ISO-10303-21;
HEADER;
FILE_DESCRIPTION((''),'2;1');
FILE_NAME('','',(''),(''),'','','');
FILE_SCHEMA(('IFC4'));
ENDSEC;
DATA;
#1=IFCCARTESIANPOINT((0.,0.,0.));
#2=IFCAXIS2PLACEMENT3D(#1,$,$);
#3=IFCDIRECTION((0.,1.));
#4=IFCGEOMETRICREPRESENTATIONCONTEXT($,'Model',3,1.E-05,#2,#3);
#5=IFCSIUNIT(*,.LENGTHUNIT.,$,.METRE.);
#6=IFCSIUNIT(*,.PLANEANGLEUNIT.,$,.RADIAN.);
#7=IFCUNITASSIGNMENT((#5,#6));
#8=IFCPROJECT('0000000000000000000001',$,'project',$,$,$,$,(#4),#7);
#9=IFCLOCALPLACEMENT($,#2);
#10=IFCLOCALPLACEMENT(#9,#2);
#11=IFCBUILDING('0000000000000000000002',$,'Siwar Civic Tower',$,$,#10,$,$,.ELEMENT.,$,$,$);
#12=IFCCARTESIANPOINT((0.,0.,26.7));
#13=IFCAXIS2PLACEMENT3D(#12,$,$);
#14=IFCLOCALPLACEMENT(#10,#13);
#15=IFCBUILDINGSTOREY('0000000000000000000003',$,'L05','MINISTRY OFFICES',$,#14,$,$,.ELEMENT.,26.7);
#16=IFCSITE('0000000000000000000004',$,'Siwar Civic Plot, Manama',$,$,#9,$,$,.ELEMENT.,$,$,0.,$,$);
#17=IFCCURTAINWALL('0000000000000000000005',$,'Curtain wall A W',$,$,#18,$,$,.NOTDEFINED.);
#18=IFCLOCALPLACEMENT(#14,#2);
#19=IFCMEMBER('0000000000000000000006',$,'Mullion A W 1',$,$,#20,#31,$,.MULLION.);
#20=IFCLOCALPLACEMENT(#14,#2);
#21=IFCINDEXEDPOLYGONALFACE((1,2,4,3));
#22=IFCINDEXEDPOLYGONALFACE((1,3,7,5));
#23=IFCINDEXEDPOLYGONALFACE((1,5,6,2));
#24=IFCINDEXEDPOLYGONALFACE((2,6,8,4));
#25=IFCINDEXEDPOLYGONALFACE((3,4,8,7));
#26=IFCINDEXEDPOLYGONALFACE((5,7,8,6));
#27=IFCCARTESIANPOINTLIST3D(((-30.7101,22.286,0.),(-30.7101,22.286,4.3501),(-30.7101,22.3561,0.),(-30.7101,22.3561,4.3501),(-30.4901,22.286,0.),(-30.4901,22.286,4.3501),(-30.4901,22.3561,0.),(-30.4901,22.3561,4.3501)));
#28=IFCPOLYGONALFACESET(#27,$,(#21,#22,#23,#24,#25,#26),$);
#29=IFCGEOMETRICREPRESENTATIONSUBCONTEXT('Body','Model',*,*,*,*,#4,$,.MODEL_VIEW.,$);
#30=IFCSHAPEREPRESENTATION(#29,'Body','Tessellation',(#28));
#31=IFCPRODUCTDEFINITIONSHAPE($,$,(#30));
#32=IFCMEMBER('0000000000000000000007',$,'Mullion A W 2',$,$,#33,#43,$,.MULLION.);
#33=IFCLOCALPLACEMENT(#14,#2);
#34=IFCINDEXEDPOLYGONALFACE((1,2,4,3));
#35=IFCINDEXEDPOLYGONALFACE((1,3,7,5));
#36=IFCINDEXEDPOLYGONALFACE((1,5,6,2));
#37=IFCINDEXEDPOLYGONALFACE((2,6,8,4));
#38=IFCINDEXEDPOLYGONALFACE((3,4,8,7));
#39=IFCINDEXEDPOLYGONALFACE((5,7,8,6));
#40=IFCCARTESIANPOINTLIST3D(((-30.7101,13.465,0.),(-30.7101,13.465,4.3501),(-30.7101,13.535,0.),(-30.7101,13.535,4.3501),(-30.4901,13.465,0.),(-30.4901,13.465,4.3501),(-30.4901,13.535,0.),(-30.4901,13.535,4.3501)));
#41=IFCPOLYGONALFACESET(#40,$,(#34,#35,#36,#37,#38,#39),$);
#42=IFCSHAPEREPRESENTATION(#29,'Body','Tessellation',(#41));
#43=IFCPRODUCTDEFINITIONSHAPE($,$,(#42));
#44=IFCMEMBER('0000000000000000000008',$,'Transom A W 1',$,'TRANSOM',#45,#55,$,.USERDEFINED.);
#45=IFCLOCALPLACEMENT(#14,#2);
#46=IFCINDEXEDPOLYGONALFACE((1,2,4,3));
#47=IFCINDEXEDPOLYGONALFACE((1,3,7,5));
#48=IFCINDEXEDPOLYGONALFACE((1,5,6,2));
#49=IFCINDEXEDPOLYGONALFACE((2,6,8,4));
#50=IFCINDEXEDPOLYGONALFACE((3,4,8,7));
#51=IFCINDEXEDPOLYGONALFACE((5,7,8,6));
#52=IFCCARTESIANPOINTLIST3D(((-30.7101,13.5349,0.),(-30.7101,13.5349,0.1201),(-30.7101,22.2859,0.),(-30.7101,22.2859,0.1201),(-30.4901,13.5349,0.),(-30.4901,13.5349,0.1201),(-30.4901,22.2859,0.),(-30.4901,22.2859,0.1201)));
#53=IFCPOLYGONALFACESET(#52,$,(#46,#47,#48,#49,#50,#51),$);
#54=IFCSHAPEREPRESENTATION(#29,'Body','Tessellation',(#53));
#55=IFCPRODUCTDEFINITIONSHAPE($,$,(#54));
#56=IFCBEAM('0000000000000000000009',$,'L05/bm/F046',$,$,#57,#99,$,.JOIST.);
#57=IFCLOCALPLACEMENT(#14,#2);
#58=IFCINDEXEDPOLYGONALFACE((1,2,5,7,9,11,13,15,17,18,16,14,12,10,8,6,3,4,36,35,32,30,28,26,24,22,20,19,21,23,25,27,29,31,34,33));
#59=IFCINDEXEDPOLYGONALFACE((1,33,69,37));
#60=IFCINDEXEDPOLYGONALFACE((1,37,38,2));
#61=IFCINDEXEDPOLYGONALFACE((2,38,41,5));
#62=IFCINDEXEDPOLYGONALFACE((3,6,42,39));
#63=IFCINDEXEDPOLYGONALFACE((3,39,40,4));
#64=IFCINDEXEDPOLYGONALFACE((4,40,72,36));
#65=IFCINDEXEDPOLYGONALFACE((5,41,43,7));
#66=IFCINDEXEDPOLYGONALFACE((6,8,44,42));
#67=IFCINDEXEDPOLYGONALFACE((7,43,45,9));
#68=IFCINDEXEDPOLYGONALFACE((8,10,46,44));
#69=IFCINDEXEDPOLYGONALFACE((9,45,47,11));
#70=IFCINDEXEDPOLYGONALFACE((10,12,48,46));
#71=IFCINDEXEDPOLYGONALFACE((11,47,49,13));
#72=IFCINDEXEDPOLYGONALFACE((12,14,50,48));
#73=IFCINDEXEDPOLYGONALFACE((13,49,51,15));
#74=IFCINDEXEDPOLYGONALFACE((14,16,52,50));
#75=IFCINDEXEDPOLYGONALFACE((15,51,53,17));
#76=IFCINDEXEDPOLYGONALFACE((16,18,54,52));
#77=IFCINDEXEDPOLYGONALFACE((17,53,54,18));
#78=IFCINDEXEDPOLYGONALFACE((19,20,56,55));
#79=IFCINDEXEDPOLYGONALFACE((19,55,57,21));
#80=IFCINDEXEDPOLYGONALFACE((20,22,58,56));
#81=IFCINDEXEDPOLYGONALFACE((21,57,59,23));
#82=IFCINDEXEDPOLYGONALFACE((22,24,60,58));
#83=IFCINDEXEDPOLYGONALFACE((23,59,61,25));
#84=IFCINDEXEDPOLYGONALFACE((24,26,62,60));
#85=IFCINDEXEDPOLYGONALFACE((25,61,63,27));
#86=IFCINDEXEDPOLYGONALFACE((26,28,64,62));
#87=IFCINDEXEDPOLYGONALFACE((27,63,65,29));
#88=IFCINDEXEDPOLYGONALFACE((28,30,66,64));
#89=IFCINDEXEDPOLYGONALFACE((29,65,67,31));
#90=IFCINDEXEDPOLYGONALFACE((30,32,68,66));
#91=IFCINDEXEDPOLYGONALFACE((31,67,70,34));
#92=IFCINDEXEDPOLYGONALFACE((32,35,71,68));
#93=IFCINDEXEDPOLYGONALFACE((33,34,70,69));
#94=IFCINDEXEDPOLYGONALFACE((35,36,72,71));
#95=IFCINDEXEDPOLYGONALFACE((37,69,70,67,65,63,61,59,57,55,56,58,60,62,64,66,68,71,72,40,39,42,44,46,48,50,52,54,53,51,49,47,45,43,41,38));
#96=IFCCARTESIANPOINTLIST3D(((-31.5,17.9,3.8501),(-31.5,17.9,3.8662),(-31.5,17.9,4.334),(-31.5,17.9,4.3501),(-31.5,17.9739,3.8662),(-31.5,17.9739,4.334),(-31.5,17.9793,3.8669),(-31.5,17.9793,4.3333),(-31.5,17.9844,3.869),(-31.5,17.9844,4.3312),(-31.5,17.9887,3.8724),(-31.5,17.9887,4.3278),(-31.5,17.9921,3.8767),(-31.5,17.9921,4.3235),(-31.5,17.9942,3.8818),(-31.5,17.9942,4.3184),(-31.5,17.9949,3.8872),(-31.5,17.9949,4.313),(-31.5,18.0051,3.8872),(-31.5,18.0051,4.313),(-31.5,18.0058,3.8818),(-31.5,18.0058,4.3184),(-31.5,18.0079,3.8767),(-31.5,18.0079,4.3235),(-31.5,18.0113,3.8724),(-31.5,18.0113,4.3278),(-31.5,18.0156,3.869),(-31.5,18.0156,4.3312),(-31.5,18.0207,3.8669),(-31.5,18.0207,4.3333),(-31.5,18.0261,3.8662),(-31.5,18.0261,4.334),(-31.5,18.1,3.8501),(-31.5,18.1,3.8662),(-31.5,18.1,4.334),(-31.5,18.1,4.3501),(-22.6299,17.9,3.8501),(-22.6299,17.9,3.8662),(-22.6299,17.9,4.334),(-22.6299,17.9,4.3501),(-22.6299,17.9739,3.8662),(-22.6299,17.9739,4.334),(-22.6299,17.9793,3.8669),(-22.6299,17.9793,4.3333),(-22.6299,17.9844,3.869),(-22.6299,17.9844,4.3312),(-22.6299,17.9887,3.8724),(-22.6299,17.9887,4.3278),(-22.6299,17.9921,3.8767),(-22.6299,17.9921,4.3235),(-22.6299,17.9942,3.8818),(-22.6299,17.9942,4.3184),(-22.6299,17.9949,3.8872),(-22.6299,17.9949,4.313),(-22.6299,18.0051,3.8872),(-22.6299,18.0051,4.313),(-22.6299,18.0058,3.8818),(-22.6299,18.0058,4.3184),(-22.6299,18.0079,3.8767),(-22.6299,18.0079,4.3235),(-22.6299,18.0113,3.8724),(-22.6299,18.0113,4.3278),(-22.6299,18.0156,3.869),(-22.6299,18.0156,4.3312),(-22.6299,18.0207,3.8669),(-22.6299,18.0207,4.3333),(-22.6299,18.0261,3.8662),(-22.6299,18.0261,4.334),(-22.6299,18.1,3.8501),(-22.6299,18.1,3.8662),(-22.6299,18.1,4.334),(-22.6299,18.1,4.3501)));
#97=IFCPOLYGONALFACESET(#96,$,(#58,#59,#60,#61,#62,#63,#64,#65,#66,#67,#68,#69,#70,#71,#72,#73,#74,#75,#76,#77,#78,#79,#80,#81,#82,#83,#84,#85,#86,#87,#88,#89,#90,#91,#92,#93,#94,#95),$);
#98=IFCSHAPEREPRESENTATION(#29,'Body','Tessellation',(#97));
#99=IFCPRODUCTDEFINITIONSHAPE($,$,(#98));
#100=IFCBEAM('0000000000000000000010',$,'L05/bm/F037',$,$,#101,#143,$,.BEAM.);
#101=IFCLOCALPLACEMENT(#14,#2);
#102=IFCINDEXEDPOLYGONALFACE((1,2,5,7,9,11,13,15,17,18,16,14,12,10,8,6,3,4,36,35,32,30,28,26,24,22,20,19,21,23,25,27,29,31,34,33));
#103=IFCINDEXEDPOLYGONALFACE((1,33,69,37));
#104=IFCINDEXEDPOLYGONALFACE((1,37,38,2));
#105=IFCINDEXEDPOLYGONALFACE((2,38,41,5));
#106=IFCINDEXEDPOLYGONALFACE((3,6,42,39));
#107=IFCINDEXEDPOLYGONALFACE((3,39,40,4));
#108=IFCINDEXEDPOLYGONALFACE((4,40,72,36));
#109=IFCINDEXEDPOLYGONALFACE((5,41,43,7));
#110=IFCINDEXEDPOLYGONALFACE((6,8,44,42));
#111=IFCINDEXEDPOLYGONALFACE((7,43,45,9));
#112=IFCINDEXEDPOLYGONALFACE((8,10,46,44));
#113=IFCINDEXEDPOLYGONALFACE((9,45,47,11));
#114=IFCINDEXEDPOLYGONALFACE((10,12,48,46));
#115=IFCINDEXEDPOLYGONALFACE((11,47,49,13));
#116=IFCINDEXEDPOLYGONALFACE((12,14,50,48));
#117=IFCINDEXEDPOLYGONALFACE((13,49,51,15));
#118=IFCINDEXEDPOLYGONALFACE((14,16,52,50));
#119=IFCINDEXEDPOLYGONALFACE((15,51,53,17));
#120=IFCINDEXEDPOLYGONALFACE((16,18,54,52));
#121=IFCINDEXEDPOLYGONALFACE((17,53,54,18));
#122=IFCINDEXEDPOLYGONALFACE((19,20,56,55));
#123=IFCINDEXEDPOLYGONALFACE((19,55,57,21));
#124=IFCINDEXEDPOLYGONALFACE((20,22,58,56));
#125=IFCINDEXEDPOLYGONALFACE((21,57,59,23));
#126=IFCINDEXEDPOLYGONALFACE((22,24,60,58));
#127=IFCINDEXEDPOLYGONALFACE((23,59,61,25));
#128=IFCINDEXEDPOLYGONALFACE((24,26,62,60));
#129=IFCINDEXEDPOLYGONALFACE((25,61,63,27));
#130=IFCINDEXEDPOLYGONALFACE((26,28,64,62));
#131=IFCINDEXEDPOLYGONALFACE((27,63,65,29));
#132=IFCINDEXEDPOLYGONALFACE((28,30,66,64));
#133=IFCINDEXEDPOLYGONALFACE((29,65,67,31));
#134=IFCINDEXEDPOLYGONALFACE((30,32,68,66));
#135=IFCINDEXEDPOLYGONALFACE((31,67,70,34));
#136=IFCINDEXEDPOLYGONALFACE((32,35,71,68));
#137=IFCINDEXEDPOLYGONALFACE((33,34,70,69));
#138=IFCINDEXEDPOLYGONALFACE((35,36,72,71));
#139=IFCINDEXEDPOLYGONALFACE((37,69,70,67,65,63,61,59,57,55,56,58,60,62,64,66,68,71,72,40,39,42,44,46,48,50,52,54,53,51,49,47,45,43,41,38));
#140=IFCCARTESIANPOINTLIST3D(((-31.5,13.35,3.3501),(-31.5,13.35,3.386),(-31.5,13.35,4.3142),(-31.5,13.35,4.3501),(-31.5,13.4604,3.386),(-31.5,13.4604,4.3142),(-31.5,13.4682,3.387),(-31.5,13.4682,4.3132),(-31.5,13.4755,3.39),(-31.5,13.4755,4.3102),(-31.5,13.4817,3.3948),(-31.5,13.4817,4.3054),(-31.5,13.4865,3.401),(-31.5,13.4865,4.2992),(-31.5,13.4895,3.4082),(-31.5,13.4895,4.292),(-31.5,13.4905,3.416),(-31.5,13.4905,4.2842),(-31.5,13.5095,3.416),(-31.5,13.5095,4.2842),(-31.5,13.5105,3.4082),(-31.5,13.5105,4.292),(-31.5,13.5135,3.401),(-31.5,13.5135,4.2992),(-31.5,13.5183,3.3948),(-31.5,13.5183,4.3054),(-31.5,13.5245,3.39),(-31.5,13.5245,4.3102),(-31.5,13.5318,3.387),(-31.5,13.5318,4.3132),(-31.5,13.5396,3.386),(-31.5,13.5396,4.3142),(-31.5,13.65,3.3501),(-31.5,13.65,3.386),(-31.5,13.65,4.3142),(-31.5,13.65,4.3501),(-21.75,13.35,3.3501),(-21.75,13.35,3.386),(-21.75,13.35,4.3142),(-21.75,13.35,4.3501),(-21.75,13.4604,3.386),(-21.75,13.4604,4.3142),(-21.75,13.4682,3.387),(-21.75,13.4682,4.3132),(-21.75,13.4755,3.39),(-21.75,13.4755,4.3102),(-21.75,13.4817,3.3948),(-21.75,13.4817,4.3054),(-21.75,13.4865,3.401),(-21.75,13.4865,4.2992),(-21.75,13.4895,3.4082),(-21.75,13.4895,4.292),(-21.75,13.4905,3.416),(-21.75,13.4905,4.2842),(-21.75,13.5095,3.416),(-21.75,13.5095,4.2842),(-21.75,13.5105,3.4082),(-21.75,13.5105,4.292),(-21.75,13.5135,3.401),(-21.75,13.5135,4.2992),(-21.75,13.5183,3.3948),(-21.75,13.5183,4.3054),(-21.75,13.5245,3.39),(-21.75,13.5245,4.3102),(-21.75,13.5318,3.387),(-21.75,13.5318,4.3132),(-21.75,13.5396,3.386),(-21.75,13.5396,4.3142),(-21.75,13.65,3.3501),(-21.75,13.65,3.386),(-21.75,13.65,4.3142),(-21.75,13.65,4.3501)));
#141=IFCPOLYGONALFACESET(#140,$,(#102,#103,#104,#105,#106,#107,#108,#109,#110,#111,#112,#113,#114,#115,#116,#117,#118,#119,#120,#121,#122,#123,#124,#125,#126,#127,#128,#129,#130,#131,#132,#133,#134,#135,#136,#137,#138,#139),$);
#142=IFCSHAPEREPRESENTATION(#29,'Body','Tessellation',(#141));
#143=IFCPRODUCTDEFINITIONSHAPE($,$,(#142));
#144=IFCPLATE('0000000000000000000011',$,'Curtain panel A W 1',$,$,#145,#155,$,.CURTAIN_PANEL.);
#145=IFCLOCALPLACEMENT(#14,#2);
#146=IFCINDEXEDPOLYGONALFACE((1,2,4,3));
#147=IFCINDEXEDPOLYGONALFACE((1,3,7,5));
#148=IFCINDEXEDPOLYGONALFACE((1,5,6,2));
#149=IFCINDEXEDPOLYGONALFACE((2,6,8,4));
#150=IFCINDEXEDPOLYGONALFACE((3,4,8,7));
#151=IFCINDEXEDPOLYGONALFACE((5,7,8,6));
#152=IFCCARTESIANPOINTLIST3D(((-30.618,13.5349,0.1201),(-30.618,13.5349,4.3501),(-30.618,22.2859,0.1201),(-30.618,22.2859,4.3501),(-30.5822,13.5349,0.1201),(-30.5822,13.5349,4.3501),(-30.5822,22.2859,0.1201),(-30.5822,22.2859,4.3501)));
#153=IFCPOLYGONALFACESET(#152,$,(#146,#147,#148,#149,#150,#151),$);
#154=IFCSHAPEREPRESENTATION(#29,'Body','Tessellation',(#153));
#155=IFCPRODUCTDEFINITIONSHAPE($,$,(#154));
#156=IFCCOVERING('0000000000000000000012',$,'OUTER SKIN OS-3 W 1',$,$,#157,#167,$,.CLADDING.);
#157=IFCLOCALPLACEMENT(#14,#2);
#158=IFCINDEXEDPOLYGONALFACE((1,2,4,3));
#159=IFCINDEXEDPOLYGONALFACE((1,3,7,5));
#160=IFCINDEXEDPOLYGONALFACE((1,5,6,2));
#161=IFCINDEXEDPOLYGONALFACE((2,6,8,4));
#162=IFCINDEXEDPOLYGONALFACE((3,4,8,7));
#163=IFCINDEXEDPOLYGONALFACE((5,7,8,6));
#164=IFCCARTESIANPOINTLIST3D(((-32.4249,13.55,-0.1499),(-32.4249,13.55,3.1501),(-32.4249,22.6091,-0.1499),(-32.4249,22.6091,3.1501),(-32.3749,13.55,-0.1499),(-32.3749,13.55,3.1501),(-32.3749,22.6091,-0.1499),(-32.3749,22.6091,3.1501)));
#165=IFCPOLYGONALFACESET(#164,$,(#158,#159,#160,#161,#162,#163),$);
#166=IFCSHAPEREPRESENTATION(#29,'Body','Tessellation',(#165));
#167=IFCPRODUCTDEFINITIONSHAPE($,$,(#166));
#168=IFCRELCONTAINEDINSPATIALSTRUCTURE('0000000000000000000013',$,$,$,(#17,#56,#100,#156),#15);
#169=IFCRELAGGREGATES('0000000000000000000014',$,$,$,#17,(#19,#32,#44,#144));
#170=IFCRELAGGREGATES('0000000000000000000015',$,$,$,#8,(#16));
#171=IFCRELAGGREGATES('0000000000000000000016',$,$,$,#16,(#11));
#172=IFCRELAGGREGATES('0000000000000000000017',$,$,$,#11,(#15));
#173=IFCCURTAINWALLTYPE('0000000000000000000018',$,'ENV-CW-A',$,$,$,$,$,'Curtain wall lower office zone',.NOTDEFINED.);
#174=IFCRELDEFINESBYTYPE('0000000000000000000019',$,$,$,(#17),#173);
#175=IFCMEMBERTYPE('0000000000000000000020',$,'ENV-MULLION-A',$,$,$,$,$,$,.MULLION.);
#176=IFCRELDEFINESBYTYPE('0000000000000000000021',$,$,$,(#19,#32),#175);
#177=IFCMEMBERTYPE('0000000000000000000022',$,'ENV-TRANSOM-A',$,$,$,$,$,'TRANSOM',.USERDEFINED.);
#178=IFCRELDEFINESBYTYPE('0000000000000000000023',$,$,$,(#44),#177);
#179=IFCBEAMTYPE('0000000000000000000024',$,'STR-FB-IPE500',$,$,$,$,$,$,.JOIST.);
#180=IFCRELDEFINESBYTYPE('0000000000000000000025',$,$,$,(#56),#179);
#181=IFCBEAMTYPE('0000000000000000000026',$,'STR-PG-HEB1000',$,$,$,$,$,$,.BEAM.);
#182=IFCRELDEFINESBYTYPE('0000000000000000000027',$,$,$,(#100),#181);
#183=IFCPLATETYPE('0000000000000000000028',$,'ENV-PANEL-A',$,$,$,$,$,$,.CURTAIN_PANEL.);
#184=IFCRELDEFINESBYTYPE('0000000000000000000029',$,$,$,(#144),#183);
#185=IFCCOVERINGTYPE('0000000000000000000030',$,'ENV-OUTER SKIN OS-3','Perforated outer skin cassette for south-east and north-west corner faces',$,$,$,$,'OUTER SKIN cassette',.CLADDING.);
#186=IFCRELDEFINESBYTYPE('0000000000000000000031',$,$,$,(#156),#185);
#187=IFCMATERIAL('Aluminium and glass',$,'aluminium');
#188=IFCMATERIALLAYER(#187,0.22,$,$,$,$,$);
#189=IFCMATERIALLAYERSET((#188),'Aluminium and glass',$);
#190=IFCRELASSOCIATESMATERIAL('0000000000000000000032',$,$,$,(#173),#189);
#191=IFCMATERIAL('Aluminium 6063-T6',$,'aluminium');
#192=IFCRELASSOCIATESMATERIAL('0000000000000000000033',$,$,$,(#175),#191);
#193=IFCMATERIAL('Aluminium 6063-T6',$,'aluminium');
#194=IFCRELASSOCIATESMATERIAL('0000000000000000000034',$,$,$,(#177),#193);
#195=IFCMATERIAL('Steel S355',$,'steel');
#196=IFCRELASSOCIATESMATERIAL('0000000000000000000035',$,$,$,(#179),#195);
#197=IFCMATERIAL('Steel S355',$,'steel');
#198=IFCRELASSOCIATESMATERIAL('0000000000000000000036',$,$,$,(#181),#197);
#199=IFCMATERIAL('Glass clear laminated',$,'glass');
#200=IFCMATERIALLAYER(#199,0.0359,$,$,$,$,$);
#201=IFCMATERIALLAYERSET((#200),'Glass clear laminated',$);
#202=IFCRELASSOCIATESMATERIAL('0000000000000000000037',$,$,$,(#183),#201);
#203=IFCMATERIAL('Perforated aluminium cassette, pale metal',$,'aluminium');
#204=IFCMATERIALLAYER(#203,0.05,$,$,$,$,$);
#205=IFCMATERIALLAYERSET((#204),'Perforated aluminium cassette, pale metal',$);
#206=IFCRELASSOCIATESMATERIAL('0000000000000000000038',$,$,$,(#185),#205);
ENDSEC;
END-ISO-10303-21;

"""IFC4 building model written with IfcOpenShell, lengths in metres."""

from ifc_helpers import new_model, si_unit, direction, frame, origin, origin_2d, place, context, subcontext, project, spatial, rectangle, i_section, extrude, material, layer, layer_set, material_profile, profile_set, type_object, element, aggregate, save


model = new_model("IFC4")

# Units and contexts
model_context = context("Model", 3, precision=1e-05, world=origin(), true_north=direction((0.0, 1.0)))
body_context = subcontext(model_context, "Body", "Model", "MODEL_VIEW")
ifc_project = project(units=[si_unit("LENGTHUNIT", "METRE"), si_unit("PLANEANGLEUNIT", "RADIAN")], contexts=[model_context])

# Site, building, storey
site_placement = place(None, origin())
site = spatial("IfcSite", under=ifc_project, at=site_placement, Name="Siwar Civic Plot, Manama", CompositionType="ELEMENT", RefElevation=0.0)
building_placement = place(site_placement, origin())
building = spatial("IfcBuilding", under=site, at=building_placement, Name="Siwar Civic Tower", CompositionType="ELEMENT")
storey_placement = place(building_placement, frame((0.0, 0.0, 26.7)))
storey = spatial("IfcBuildingStorey", under=building, at=storey_placement, Name="L05", Description="MINISTRY OFFICES", CompositionType="ELEMENT", Elevation=26.7)

# Curtain wall, members
ifc_material_1 = material(Name="Aluminium and glass", Category="aluminium")
ifc_layer_1 = layer(ifc_material_1, 0.22)
ifc_layer_set_1 = layer_set([ifc_layer_1], Name="Aluminium and glass")
curtain_wall_type = type_object("IfcCurtainWallType", Name="ENV-CW-A", ElementType="Curtain wall lower office zone", PredefinedType="NOTDEFINED", material=ifc_layer_set_1)
curtain_wall_placement = place(storey_placement, origin())
curtain_wall = element("IfcCurtainWall", 1, at=curtain_wall_placement, inside=storey, type_object=curtain_wall_type, Name="Curtain wall A W", PredefinedType="NOTDEFINED")
ifc_material_2 = material(Name="Aluminium 6063-T6", Category="aluminium")
ifc_material_profile_1 = material_profile(ifc_material_2, rectangle(XDim=0.22, YDim=0.0701, at=origin_2d()), Name="AL 220x70")
ifc_profile_set_1 = profile_set([ifc_material_profile_1], Name="Aluminium 6063-T6")
member_type_1 = type_object("IfcMemberType", Name="ENV-MULLION-A", PredefinedType="MULLION", material=ifc_profile_set_1)
member_1_placement = place(storey_placement, frame((-30.6001, 22.321, 0.0), z_axis=(0.0, 0.0, 1.0), x_axis=(1.0, 0.0, 0.0)))
member_1 = element("IfcMember", 2, at=member_1_placement, type_object=member_type_1, Name="Mullion A W 1", PredefinedType="MULLION", context=body_context, shape_type="SweptSolid", body=[
    extrude(rectangle(XDim=0.22, YDim=0.0701, at=origin_2d()), origin(), (0.0, 0.0, 1.0), 4.3501),
])
member_2_placement = place(storey_placement, frame((-30.6001, 13.5, 0.0), z_axis=(0.0, 0.0, 1.0), x_axis=(1.0, 0.0, 0.0)))
member_2 = element("IfcMember", 3, at=member_2_placement, type_object=member_type_1, Name="Mullion A W 2", PredefinedType="MULLION", context=body_context, shape_type="SweptSolid", body=[
    extrude(rectangle(XDim=0.22, YDim=0.0701, at=origin_2d()), origin(), (0.0, 0.0, 1.0), 4.3501),
])
ifc_material_3 = material(Name="Aluminium 6063-T6", Category="aluminium")
ifc_material_profile_2 = material_profile(ifc_material_3, rectangle(XDim=0.22, YDim=0.1201, at=origin_2d()), Name="AL 220x120")
ifc_profile_set_2 = profile_set([ifc_material_profile_2], Name="Aluminium 6063-T6")
member_type_2 = type_object("IfcMemberType", Name="ENV-TRANSOM-A", ElementType="TRANSOM", PredefinedType="USERDEFINED", material=ifc_profile_set_2)
member_3_placement = place(storey_placement, frame((-30.6001, 22.2859, 0.0601), z_axis=(0.0, -1.0, 0.0), x_axis=(1.0, 0.0, 0.0)))
member_3 = element("IfcMember", 4, at=member_3_placement, type_object=member_type_2, Name="Transom A W 1", ObjectType="TRANSOM", PredefinedType="USERDEFINED", context=body_context, shape_type="SweptSolid", body=[
    extrude(rectangle(XDim=0.22, YDim=0.1201, at=origin_2d()), origin(), (0.0, 0.0, 1.0), 8.751),
])

# Beams
ifc_material_4 = material(Name="Steel S355", Category="steel")
ifc_material_profile_3 = material_profile(ifc_material_4, i_section(OverallWidth=0.2, OverallDepth=0.5, WebThickness=0.0103, FlangeThickness=0.0161, FilletRadius=0.021, at=origin_2d()), Name="IPE500")
ifc_profile_set_3 = profile_set([ifc_material_profile_3], Name="Steel S355")
beam_type_1 = type_object("IfcBeamType", Name="STR-FB-IPE500", PredefinedType="JOIST", material=ifc_profile_set_3)
beam_1_placement = place(storey_placement, frame((-31.5, 18.0, 4.1001), z_axis=(1.0, 0.0, 0.0), x_axis=(0.0, 1.0, 0.0)))
element("IfcBeam", 5, at=beam_1_placement, inside=storey, type_object=beam_type_1, Name="L05/bm/F046", PredefinedType="JOIST", context=body_context, shape_type="SweptSolid", body=[
    extrude(i_section(OverallWidth=0.2, OverallDepth=0.5, WebThickness=0.0103, FlangeThickness=0.0161, FilletRadius=0.021, at=origin_2d()), origin(), (0.0, 0.0, 1.0), 8.8701),
])
ifc_material_5 = material(Name="Steel S355", Category="steel")
ifc_material_profile_4 = material_profile(ifc_material_5, i_section(OverallWidth=0.3, OverallDepth=1.0, WebThickness=0.019, FlangeThickness=0.0359, FilletRadius=0.03, at=origin_2d()), Name="HEB1000")
ifc_profile_set_4 = profile_set([ifc_material_profile_4], Name="Steel S355")
beam_type_2 = type_object("IfcBeamType", Name="STR-PG-HEB1000", PredefinedType="BEAM", material=ifc_profile_set_4)
beam_2_placement = place(storey_placement, frame((-31.5, 13.5, 3.8501), z_axis=(1.0, 0.0, 0.0), x_axis=(0.0, 1.0, 0.0)))
element("IfcBeam", 6, at=beam_2_placement, inside=storey, type_object=beam_type_2, Name="L05/bm/F037", PredefinedType="BEAM", context=body_context, shape_type="SweptSolid", body=[
    extrude(i_section(OverallWidth=0.3, OverallDepth=1.0, WebThickness=0.019, FlangeThickness=0.0359, FilletRadius=0.03, at=origin_2d()), origin(), (0.0, 0.0, 1.0), 9.75),
])

# Plate
ifc_material_6 = material(Name="Glass clear laminated", Category="glass")
ifc_layer_2 = layer(ifc_material_6, 0.0359)
ifc_layer_set_2 = layer_set([ifc_layer_2], Name="Glass clear laminated")
plate_type = type_object("IfcPlateType", Name="ENV-PANEL-A", PredefinedType="CURTAIN_PANEL", material=ifc_layer_set_2)
plate_placement = place(storey_placement, frame((-30.6001, 17.9104, 0.1201), z_axis=(0.0, 0.0, 1.0), x_axis=(0.0, -1.0, 0.0)))
plate = element("IfcPlate", 7, at=plate_placement, type_object=plate_type, Name="Curtain panel A W 1", PredefinedType="CURTAIN_PANEL", context=body_context, shape_type="SweptSolid", body=[
    extrude(rectangle(XDim=8.751, YDim=0.0359, at=origin_2d()), origin(), (0.0, 0.0, 1.0), 4.23),
])
aggregate(curtain_wall, [member_1, member_2, member_3, plate])

# Covering
ifc_material_7 = material(Name="Perforated aluminium cassette, pale metal", Category="aluminium")
ifc_layer_3 = layer(ifc_material_7, 0.05)
ifc_layer_set_3 = layer_set([ifc_layer_3], Name="Perforated aluminium cassette, pale metal")
covering_type = type_object("IfcCoveringType", Name="ENV-OUTER SKIN OS-3", Description="Perforated outer skin cassette for south-east and north-west corner faces", ElementType="OUTER SKIN cassette", PredefinedType="CLADDING", material=ifc_layer_set_3)
covering_placement = place(storey_placement, frame((-32.3999, 18.0796, -0.1499), z_axis=(0.0, 0.0, 1.0), x_axis=(0.0, -1.0, 0.0)))
element("IfcCovering", 8, at=covering_placement, inside=storey, type_object=covering_type, Name="OUTER SKIN OS-3 W 1", PredefinedType="CLADDING", context=body_context, shape_type="SweptSolid", body=[
    extrude(rectangle(XDim=9.0591, YDim=0.05, at=origin_2d()), origin(), (0.0, 0.0, 1.0), 3.3),
])

save(model, "model.ifc")
